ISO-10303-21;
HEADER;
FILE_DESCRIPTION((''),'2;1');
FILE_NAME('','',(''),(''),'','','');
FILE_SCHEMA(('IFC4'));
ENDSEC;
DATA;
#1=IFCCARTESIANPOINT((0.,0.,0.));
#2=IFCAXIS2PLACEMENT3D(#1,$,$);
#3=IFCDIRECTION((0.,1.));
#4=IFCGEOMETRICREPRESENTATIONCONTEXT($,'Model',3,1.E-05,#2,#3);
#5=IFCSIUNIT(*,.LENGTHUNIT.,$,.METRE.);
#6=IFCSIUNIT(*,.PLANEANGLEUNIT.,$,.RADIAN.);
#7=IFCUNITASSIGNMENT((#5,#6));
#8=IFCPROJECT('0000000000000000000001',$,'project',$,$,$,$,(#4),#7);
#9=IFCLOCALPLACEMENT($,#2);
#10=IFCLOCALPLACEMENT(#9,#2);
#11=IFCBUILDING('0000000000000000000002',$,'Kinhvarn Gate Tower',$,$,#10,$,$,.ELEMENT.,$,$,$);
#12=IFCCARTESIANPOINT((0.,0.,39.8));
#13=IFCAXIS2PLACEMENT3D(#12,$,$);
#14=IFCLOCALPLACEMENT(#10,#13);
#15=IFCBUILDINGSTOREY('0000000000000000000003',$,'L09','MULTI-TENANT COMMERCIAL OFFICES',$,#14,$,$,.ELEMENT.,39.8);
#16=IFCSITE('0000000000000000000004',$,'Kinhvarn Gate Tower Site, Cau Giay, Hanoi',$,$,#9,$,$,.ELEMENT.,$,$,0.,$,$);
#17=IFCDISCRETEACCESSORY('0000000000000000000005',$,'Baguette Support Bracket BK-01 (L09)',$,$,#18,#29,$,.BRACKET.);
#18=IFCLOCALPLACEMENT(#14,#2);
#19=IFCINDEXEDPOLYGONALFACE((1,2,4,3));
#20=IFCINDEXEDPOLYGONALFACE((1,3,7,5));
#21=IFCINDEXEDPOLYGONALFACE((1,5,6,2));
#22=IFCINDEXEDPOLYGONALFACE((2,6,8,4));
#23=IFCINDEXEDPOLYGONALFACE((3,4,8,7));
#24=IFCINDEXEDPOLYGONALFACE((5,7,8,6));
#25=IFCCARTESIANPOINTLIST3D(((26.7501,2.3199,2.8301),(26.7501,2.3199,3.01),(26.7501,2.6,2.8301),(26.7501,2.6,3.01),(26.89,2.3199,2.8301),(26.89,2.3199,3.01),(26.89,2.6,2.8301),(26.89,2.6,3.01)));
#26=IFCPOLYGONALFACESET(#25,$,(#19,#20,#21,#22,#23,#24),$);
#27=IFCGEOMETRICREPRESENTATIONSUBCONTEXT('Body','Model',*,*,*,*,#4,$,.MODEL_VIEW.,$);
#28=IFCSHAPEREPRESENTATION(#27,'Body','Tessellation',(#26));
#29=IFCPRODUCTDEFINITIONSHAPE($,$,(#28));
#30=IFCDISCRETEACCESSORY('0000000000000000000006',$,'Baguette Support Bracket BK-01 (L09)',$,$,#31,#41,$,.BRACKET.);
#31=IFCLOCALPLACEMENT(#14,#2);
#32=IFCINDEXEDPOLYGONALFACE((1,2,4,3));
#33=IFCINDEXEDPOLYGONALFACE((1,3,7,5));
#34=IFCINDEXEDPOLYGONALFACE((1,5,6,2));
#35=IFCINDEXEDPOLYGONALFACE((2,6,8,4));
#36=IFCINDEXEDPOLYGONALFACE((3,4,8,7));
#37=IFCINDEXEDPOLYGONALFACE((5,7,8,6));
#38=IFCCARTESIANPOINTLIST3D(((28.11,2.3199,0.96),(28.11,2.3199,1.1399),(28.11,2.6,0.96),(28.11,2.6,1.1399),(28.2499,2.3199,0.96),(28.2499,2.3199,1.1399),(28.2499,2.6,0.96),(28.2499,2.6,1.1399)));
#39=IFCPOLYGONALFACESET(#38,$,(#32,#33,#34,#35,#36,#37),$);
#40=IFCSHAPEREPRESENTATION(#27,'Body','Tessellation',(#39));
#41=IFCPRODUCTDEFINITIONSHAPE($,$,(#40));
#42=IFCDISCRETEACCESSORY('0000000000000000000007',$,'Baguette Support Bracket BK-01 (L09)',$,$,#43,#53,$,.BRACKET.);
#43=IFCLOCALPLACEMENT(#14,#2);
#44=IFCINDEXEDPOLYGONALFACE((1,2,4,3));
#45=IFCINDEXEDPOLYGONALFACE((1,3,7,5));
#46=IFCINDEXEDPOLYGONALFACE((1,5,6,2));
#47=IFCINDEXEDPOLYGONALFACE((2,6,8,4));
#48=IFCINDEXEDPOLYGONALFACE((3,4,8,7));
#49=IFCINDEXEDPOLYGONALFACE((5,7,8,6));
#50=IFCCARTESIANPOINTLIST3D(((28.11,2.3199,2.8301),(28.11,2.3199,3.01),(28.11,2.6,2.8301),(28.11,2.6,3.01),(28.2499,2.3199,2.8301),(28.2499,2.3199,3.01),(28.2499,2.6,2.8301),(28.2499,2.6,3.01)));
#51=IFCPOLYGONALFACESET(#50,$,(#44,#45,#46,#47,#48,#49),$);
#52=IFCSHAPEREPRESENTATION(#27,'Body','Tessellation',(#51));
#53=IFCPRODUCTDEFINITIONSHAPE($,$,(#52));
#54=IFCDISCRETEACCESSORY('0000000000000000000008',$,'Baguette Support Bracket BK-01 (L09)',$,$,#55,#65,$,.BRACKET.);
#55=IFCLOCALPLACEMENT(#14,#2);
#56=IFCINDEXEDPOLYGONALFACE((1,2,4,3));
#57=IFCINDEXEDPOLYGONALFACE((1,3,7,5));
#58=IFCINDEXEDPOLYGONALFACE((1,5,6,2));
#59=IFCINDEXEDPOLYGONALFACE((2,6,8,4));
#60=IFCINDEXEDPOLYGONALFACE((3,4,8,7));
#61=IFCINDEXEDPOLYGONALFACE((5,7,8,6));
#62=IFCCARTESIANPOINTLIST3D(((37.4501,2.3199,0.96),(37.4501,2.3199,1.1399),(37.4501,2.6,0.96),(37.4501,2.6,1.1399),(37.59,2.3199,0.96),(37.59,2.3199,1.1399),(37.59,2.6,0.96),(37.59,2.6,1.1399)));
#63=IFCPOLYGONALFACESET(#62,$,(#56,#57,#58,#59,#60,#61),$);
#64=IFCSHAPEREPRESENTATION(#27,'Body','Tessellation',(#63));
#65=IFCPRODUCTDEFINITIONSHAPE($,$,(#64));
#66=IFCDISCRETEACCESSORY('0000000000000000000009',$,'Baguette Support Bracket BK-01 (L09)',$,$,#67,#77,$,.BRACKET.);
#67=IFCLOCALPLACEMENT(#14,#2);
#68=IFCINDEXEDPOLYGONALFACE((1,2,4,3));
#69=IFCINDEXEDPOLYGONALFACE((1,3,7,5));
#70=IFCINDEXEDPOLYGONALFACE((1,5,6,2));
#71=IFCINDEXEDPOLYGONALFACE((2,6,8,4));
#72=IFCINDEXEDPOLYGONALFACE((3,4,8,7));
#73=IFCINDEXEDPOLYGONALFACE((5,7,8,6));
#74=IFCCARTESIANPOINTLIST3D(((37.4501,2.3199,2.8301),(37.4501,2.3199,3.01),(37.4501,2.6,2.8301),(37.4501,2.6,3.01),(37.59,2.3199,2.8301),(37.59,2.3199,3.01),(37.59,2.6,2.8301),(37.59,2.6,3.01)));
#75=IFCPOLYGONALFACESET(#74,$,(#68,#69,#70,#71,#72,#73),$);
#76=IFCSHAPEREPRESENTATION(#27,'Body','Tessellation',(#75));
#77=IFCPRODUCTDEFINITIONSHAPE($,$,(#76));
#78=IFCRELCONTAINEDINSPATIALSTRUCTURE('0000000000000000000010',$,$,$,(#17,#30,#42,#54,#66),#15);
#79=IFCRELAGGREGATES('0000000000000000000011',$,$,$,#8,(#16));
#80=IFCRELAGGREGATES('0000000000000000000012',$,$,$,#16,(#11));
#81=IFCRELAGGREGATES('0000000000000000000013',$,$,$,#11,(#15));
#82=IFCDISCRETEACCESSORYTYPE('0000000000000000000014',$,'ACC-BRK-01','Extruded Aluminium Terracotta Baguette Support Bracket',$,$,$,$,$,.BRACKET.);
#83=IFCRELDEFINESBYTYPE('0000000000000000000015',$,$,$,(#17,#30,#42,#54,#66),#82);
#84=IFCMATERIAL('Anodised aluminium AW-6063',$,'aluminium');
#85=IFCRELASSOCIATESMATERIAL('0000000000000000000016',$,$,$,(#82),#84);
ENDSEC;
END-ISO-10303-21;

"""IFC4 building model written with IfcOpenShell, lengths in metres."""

from ifc_helpers import new_model, si_unit, direction, frame, origin, origin_2d, place, context, subcontext, project, spatial, rectangle, extrude, material, type_object, element, save


model = new_model("IFC4")

# Units and contexts
model_context = context("Model", 3, precision=1e-05, world=origin(), true_north=direction((0.0, 1.0)))
body_context = subcontext(model_context, "Body", "Model", "MODEL_VIEW")
ifc_project = project(units=[si_unit("LENGTHUNIT", "METRE"), si_unit("PLANEANGLEUNIT", "RADIAN")], contexts=[model_context])

# Site, building, storey
site_placement = place(None, origin())
site = spatial("IfcSite", under=ifc_project, at=site_placement, Name="Kinhvarn Gate Tower Site, Cau Giay, Hanoi", CompositionType="ELEMENT", RefElevation=0.0)
building_placement = place(site_placement, origin())
building = spatial("IfcBuilding", under=site, at=building_placement, Name="Kinhvarn Gate Tower", CompositionType="ELEMENT")
storey_placement = place(building_placement, frame((0.0, 0.0, 39.8)))
storey = spatial("IfcBuildingStorey", under=building, at=storey_placement, Name="L09", Description="MULTI-TENANT COMMERCIAL OFFICES", CompositionType="ELEMENT", Elevation=39.8)

# Shared definitions
ifc_material_1 = material(Name="Anodised aluminium AW-6063", Category="aluminium")

# Discrete accessories
discrete_accessory_type = type_object("IfcDiscreteAccessoryType", Name="ACC-BRK-01", Description="Extruded Aluminium Terracotta Baguette Support Bracket", PredefinedType="BRACKET", material=ifc_material_1)
for number, where, z_axis, x_axis, name in (
    (1, (26.8201, 2.46, 2.8301), (0.0, 0.0, 1.0), (1.0, 0.0, 0.0), "Baguette Support Bracket BK-01 (L09)"),
    (2, (28.1799, 2.46, 0.96), (0.0, 0.0, 1.0), (1.0, 0.0, 0.0), "Baguette Support Bracket BK-01 (L09)"),
    (3, (28.1799, 2.46, 2.8301), (0.0, 0.0, 1.0), (1.0, 0.0, 0.0), "Baguette Support Bracket BK-01 (L09)"),
    (4, (37.52, 2.46, 0.96), (0.0, 0.0, 1.0), (1.0, 0.0, 0.0), "Baguette Support Bracket BK-01 (L09)"),
    (5, (37.52, 2.46, 2.8301), (0.0, 0.0, 1.0), (1.0, 0.0, 0.0), "Baguette Support Bracket BK-01 (L09)"),
):
    element("IfcDiscreteAccessory", number, at=place(storey_placement, frame(where, z_axis=z_axis, x_axis=x_axis)), inside=storey, type_object=discrete_accessory_type, Name=name, PredefinedType="BRACKET", context=body_context, shape_type="SweptSolid", body=[
        extrude(rectangle(XDim=0.1399, YDim=0.28, at=origin_2d()), origin(), (0.0, 0.0, 1.0), 0.1799),
    ])

save(model, "model.ifc")
